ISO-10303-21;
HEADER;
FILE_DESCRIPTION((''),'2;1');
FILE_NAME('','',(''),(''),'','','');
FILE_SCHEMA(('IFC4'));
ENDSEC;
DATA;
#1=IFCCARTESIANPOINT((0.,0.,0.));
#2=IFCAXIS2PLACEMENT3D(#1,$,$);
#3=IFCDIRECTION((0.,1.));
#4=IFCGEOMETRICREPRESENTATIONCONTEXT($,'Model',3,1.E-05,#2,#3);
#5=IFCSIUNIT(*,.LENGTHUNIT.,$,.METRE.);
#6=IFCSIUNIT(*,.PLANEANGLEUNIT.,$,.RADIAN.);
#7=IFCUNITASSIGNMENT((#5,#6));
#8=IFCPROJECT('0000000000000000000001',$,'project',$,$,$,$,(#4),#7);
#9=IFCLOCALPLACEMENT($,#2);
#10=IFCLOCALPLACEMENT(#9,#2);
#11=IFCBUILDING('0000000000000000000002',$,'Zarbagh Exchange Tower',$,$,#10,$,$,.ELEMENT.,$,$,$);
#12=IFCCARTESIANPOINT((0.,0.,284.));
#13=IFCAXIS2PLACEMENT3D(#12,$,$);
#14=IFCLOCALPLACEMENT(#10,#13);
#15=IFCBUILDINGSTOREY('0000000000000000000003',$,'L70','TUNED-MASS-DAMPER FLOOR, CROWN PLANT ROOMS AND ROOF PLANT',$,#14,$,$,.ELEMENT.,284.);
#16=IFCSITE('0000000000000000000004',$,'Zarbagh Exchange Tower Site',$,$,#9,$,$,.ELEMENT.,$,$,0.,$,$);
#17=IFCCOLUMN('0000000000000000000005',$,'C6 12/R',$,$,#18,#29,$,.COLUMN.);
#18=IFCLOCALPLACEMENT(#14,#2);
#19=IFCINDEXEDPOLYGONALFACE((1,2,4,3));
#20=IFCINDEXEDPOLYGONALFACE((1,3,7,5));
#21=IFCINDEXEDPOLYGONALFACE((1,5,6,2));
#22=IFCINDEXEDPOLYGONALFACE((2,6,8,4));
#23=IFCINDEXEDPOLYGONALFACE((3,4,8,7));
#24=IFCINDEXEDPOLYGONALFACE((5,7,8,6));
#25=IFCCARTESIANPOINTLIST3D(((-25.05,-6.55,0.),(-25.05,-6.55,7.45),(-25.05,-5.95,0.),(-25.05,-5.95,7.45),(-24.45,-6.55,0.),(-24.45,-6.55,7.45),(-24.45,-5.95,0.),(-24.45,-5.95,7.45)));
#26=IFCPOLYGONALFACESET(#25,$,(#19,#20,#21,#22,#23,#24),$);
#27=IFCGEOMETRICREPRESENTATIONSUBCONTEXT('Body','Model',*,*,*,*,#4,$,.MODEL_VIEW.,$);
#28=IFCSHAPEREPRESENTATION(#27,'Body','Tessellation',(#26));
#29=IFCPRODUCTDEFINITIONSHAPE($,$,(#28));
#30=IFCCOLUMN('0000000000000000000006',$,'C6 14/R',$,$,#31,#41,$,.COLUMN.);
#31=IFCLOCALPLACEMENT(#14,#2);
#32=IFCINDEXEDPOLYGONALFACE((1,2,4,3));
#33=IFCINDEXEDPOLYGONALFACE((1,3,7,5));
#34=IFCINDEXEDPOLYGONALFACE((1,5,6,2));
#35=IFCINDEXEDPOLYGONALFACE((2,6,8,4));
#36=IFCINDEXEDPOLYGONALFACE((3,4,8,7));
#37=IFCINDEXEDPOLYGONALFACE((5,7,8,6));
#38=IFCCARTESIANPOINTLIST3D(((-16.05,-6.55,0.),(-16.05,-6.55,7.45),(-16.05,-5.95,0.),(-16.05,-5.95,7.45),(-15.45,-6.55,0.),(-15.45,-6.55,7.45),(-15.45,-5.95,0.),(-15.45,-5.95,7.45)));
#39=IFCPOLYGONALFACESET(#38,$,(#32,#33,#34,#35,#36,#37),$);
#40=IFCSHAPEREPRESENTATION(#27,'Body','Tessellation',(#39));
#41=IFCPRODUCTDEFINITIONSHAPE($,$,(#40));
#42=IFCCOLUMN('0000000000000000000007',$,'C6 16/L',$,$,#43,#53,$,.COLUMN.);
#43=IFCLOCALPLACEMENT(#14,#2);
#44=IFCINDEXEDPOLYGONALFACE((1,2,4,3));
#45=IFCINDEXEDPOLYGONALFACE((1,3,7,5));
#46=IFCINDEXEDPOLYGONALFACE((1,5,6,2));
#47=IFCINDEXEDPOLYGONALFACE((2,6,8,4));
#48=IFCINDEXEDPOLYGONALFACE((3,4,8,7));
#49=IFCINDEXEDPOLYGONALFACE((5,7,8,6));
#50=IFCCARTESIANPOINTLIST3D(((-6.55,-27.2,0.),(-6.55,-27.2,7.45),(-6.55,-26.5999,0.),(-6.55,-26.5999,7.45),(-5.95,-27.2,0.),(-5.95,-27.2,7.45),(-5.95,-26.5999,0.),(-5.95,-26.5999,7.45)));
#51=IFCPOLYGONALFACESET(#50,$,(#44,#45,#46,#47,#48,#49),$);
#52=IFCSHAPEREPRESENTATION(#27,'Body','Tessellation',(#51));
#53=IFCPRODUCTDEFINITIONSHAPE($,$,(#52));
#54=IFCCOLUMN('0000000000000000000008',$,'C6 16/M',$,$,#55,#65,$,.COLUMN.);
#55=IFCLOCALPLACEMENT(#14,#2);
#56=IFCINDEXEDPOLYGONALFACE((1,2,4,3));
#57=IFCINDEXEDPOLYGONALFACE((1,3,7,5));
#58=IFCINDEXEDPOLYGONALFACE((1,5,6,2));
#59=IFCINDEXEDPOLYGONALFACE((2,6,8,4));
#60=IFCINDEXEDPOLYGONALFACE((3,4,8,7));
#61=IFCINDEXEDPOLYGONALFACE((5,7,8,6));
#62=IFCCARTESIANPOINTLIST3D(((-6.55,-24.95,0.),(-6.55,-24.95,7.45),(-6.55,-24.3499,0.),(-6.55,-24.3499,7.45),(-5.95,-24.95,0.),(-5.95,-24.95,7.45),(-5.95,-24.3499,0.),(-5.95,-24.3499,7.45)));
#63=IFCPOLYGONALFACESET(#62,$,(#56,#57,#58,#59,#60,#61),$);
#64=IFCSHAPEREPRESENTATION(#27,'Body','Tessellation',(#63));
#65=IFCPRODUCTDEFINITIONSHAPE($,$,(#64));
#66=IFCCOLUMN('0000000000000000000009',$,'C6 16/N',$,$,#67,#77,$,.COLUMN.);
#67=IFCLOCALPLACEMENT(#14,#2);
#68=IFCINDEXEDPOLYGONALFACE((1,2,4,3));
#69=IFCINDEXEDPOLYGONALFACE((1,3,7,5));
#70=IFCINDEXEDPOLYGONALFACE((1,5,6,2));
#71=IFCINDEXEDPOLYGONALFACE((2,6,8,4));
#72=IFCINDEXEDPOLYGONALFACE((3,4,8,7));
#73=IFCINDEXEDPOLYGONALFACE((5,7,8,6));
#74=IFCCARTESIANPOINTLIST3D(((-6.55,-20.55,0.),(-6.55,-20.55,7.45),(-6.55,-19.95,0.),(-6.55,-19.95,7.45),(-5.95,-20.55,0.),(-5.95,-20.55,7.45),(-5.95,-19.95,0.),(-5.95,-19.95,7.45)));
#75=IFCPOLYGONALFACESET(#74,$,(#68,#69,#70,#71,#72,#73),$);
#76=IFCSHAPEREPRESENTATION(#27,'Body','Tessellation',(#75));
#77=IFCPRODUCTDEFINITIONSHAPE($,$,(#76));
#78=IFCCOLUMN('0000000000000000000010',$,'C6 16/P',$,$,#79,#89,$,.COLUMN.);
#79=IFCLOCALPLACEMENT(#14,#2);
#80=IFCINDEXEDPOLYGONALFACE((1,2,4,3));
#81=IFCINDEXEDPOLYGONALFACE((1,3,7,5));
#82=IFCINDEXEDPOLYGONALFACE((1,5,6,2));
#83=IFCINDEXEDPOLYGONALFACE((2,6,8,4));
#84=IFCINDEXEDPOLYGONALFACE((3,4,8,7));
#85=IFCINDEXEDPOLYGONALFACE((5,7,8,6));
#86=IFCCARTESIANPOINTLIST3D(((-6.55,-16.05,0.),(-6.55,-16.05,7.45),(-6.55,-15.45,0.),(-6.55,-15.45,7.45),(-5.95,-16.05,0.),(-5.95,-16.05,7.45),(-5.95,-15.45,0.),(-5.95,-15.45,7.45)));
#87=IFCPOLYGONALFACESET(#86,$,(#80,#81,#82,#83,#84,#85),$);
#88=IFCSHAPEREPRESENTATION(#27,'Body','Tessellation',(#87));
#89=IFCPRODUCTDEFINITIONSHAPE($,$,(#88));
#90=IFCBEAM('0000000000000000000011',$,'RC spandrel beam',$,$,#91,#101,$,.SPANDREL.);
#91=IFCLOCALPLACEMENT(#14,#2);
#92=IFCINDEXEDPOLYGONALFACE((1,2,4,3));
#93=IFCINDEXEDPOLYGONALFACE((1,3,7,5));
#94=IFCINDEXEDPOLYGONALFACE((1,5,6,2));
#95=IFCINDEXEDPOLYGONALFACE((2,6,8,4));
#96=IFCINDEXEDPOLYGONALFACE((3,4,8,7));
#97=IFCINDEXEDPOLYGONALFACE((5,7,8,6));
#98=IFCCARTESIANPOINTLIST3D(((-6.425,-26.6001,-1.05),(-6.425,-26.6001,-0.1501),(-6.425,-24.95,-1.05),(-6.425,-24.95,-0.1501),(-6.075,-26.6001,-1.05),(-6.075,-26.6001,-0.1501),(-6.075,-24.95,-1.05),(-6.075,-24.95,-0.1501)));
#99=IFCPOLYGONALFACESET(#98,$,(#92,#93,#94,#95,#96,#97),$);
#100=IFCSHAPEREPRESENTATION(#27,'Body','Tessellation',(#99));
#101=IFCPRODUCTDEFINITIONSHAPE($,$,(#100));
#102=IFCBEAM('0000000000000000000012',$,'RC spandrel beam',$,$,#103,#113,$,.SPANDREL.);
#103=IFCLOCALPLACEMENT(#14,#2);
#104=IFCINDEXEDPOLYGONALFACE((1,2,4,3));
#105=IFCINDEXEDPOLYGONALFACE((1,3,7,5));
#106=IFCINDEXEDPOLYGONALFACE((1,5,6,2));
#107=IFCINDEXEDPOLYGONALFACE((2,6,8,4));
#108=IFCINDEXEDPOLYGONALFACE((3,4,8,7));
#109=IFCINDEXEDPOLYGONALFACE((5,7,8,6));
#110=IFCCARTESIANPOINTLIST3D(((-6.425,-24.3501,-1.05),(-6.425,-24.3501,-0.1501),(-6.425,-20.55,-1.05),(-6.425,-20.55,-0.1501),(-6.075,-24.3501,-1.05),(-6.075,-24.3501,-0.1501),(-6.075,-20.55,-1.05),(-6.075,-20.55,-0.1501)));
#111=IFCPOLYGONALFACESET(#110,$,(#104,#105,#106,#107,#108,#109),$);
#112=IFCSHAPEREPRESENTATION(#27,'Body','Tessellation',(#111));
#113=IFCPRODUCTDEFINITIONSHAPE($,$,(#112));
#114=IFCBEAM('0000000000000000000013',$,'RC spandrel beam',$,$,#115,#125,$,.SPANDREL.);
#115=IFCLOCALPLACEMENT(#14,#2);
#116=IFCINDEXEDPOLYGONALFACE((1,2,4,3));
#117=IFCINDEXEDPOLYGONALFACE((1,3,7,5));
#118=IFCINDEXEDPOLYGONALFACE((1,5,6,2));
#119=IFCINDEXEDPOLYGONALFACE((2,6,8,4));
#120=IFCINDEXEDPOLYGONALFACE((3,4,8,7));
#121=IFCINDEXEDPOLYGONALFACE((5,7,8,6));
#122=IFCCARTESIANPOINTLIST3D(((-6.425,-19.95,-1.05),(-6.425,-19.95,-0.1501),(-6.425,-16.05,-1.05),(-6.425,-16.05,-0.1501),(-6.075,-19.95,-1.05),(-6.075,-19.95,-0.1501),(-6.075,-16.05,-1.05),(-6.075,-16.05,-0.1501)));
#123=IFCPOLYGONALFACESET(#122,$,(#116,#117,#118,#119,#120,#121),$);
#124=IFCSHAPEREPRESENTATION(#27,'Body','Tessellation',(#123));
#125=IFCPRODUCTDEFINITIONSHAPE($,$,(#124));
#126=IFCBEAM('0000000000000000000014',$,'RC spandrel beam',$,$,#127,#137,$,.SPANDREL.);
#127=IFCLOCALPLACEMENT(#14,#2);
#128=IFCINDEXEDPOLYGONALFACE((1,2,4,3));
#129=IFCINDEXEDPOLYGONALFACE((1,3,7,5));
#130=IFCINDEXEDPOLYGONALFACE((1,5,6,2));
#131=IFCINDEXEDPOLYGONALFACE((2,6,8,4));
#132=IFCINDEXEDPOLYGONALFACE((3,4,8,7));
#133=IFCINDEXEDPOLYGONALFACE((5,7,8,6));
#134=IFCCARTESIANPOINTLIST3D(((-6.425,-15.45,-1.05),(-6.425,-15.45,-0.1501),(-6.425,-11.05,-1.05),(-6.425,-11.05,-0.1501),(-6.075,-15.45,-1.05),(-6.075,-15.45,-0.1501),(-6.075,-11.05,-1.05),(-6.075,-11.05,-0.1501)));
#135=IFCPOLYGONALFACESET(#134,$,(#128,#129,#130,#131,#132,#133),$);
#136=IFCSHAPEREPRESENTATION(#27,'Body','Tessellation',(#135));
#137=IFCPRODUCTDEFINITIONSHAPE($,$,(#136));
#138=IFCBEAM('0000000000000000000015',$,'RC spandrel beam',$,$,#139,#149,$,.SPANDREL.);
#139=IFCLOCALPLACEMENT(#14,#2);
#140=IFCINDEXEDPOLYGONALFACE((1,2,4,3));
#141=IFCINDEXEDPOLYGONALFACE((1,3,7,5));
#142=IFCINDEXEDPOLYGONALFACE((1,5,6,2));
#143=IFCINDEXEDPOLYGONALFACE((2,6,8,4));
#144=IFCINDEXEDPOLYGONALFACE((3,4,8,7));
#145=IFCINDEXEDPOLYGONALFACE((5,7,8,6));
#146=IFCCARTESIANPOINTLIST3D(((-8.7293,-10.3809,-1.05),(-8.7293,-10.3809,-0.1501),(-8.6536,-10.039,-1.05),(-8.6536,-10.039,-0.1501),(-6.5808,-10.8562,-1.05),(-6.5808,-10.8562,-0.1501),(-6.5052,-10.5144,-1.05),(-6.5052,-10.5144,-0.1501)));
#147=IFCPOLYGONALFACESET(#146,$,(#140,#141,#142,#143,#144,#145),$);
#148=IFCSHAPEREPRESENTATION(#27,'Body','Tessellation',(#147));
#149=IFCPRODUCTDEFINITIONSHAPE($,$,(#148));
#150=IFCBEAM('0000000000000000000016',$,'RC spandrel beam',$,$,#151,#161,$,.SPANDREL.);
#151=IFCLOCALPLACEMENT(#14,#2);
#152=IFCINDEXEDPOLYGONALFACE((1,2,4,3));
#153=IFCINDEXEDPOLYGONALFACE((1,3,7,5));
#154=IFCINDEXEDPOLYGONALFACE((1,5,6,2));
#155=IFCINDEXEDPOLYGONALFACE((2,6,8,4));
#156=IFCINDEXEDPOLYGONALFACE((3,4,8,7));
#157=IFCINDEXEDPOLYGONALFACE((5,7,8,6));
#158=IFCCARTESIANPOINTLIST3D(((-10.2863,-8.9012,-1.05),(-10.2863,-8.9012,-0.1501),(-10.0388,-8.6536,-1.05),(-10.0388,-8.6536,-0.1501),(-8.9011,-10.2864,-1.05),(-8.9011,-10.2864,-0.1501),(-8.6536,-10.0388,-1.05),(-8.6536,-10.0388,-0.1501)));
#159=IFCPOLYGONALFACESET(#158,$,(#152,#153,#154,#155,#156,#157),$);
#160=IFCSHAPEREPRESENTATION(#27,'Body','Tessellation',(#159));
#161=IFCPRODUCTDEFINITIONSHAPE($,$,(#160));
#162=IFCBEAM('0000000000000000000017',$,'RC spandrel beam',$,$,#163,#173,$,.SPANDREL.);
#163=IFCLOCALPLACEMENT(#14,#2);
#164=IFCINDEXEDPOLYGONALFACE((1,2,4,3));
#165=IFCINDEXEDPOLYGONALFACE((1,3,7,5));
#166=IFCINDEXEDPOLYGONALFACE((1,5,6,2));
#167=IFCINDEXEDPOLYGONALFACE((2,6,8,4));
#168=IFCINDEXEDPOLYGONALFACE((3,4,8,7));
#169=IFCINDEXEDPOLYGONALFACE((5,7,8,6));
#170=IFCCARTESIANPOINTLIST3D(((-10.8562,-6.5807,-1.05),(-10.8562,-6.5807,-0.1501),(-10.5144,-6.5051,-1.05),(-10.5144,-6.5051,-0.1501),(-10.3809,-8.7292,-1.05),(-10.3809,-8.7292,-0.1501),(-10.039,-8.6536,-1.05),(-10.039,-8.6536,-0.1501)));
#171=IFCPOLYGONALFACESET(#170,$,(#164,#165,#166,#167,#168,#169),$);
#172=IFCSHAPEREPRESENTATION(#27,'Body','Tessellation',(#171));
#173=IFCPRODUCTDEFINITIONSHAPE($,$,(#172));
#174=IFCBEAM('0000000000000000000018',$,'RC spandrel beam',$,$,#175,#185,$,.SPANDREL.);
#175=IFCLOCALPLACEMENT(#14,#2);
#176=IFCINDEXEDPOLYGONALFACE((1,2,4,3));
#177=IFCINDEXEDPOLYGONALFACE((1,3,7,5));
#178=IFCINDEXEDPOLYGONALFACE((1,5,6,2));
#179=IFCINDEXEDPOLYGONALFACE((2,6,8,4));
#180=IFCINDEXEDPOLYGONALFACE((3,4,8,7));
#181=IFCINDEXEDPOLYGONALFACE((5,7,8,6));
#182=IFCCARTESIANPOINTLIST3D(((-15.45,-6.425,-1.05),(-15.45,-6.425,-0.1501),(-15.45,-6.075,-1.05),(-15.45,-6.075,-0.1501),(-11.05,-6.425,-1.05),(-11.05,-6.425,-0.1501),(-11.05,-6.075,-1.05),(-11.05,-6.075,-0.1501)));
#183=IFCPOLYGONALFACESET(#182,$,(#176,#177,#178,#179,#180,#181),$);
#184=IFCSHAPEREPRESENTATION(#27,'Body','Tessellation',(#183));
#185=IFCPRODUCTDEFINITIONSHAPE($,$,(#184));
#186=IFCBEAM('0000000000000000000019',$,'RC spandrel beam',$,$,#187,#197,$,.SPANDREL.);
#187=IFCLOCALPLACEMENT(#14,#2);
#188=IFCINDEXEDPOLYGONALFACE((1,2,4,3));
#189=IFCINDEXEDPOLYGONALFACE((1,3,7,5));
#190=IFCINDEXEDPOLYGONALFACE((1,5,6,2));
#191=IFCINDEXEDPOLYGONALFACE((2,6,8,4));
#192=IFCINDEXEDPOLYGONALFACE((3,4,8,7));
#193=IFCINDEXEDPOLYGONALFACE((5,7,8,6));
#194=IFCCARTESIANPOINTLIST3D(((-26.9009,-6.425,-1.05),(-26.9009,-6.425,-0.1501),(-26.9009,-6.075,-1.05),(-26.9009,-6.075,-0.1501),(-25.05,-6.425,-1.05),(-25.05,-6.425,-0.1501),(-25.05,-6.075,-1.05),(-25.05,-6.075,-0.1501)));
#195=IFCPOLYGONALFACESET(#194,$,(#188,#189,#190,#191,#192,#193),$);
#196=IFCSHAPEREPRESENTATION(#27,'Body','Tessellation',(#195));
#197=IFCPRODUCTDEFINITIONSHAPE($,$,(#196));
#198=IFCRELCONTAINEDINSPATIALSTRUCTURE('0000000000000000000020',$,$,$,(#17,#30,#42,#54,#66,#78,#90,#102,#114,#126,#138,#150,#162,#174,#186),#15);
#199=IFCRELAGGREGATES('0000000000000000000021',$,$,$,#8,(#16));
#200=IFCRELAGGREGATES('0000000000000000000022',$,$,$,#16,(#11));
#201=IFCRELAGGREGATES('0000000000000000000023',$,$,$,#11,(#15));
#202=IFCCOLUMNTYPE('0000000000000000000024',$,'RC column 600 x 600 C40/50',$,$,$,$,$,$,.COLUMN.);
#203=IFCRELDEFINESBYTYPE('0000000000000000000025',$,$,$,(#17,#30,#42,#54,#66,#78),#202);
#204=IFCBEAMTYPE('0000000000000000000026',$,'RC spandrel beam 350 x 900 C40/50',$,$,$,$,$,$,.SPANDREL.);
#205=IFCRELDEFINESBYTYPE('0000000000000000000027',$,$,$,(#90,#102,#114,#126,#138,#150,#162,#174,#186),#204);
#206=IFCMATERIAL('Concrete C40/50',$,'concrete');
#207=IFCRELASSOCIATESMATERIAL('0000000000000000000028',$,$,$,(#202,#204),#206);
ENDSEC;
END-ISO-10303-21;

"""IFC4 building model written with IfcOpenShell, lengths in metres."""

from ifc_helpers import new_model, si_unit, direction, frame, origin, origin_2d, place, context, subcontext, project, spatial, rectangle, extrude, material, material_profile, profile_set, type_object, element, save


model = new_model("IFC4")

# Units and contexts
model_context = context("Model", 3, precision=1e-05, world=origin(), true_north=direction((0.0, 1.0)))
body_context = subcontext(model_context, "Body", "Model", "MODEL_VIEW")
ifc_project = project(units=[si_unit("LENGTHUNIT", "METRE"), si_unit("PLANEANGLEUNIT", "RADIAN")], contexts=[model_context])

# Site, building, storey
site_placement = place(None, origin())
site = spatial("IfcSite", under=ifc_project, at=site_placement, Name="Zarbagh Exchange Tower Site", CompositionType="ELEMENT", RefElevation=0.0)
building_placement = place(site_placement, origin())
building = spatial("IfcBuilding", under=site, at=building_placement, Name="Zarbagh Exchange Tower", CompositionType="ELEMENT")
storey_placement = place(building_placement, frame((0.0, 0.0, 284.0)))
storey = spatial("IfcBuildingStorey", under=building, at=storey_placement, Name="L70", Description="TUNED-MASS-DAMPER FLOOR, CROWN PLANT ROOMS AND ROOF PLANT", CompositionType="ELEMENT", Elevation=284.0)

# Columns
ifc_material_1 = material(Name="Concrete C40/50", Category="concrete")
ifc_material_profile_1 = material_profile(ifc_material_1, rectangle(XDim=0.6001, YDim=0.6001, at=origin_2d()), Name="RC column 600 x 600 C40/50")
ifc_profile_set_1 = profile_set([ifc_material_profile_1], Name="Concrete C40/50")
column_type = type_object("IfcColumnType", Name="RC column 600 x 600 C40/50", PredefinedType="COLUMN", material=ifc_profile_set_1)
for number, where, z_axis, x_axis, name in (
    (1, (-24.75, -6.25, 0.0), (0.0, 0.0, 1.0), (1.0, 0.0, 0.0), "C6 12/R"),
    (2, (-15.75, -6.25, 0.0), (0.0, 0.0, 1.0), (1.0, 0.0, 0.0), "C6 14/R"),
    (3, (-6.25, -26.8999, 0.0), (0.0, 0.0, 1.0), (1.0, 0.0, 0.0), "C6 16/L"),
    (4, (-6.25, -24.6499, 0.0), (0.0, 0.0, 1.0), (1.0, 0.0, 0.0), "C6 16/M"),
    (5, (-6.25, -20.25, 0.0), (0.0, 0.0, 1.0), (1.0, 0.0, 0.0), "C6 16/N"),
    (6, (-6.25, -15.75, 0.0), (0.0, 0.0, 1.0), (1.0, 0.0, 0.0), "C6 16/P"),
):
    element("IfcColumn", number, at=place(storey_placement, frame(where, z_axis=z_axis, x_axis=x_axis)), inside=storey, type_object=column_type, Name=name, PredefinedType="COLUMN", context=body_context, shape_type="SweptSolid", body=[
        extrude(rectangle(XDim=0.6001, YDim=0.6001, at=origin_2d()), origin(), (0.0, 0.0, 1.0), 7.45),
    ])

# Beams
ifc_material_profile_2 = material_profile(ifc_material_1, rectangle(XDim=0.3501, YDim=0.8999, at=origin_2d()), Name="RC spandrel beam 350 x 900 C40/50")
ifc_profile_set_2 = profile_set([ifc_material_profile_2], Name="Concrete C40/50")
beam_type = type_object("IfcBeamType", Name="RC spandrel beam 350 x 900 C40/50", PredefinedType="SPANDREL", material=ifc_profile_set_2)
beam_1_placement = place(storey_placement, frame((-6.25, -26.6001, -0.6001), z_axis=(0.0, 1.0, 0.0), x_axis=(-1.0, 0.0, 0.0)))
element("IfcBeam", 7, at=beam_1_placement, inside=storey, type_object=beam_type, Name="RC spandrel beam", PredefinedType="SPANDREL", context=body_context, shape_type="SweptSolid", body=[
    extrude(rectangle(XDim=0.3501, YDim=0.8999, at=origin_2d()), origin(), (0.0, 0.0, 1.0), 1.6501),
])
beam_2_placement = place(storey_placement, frame((-6.25, -24.3501, -0.6001), z_axis=(0.0, 1.0, 0.0), x_axis=(-1.0, 0.0, 0.0)))
element("IfcBeam", 8, at=beam_2_placement, inside=storey, type_object=beam_type, Name="RC spandrel beam", PredefinedType="SPANDREL", context=body_context, shape_type="SweptSolid", body=[
    extrude(rectangle(XDim=0.3501, YDim=0.8999, at=origin_2d()), origin(), (0.0, 0.0, 1.0), 3.8),
])
beam_3_placement = place(storey_placement, frame((-6.25, -19.95, -0.6001), z_axis=(0.0, 1.0, 0.0), x_axis=(-1.0, 0.0, 0.0)))
element("IfcBeam", 9, at=beam_3_placement, inside=storey, type_object=beam_type, Name="RC spandrel beam", PredefinedType="SPANDREL", context=body_context, shape_type="SweptSolid", body=[
    extrude(rectangle(XDim=0.3501, YDim=0.8999, at=origin_2d()), origin(), (0.0, 0.0, 1.0), 3.8999),
])
beam_4_placement = place(storey_placement, frame((-6.25, -15.45, -0.6001), z_axis=(0.0, 1.0, 0.0), x_axis=(-1.0, 0.0, 0.0)))
element("IfcBeam", 10, at=beam_4_placement, inside=storey, type_object=beam_type, Name="RC spandrel beam", PredefinedType="SPANDREL", context=body_context, shape_type="SweptSolid", body=[
    extrude(rectangle(XDim=0.3501, YDim=0.8999, at=origin_2d()), origin(), (0.0, 0.0, 1.0), 4.3999),
])
beam_5_placement = place(storey_placement, frame((-6.543, -10.6853, -0.6001), z_axis=(-0.976388, 0.216026, 0.0), x_axis=(-0.216026, -0.976388, 0.0)))
element("IfcBeam", 11, at=beam_5_placement, inside=storey, type_object=beam_type, Name="RC spandrel beam", PredefinedType="SPANDREL", context=body_context, shape_type="SweptSolid", body=[
    extrude(rectangle(XDim=0.3501, YDim=0.8999, at=origin_2d()), origin(), (0.0, 0.0, 1.0), 2.2004),
])
beam_6_placement = place(storey_placement, frame((-8.7773, -10.1626, -0.6001), z_axis=(-0.707107, 0.707107, 0.0), x_axis=(-0.707107, -0.707107, 0.0)))
element("IfcBeam", 12, at=beam_6_placement, inside=storey, type_object=beam_type, Name="RC spandrel beam", PredefinedType="SPANDREL", context=body_context, shape_type="SweptSolid", body=[
    extrude(rectangle(XDim=0.3501, YDim=0.8999, at=origin_2d()), origin(), (0.0, 0.0, 1.0), 1.959),
])
beam_7_placement = place(storey_placement, frame((-10.21, -8.6914, -0.6001), z_axis=(-0.216026, 0.976388, 0.0), x_axis=(-0.976388, -0.216026, 0.0)))
element("IfcBeam", 13, at=beam_7_placement, inside=storey, type_object=beam_type, Name="RC spandrel beam", PredefinedType="SPANDREL", context=body_context, shape_type="SweptSolid", body=[
    extrude(rectangle(XDim=0.3501, YDim=0.8999, at=origin_2d()), origin(), (0.0, 0.0, 1.0), 2.2004),
])
beam_8_placement = place(storey_placement, frame((-11.05, -6.25, -0.6001), z_axis=(-1.0, 0.0, 0.0), x_axis=(0.0, -1.0, 0.0)))
element("IfcBeam", 14, at=beam_8_placement, inside=storey, type_object=beam_type, Name="RC spandrel beam", PredefinedType="SPANDREL", context=body_context, shape_type="SweptSolid", body=[
    extrude(rectangle(XDim=0.3501, YDim=0.8999, at=origin_2d()), origin(), (0.0, 0.0, 1.0), 4.3999),
])
beam_9_placement = place(storey_placement, frame((-25.05, -6.25, -0.6001), z_axis=(-1.0, 0.0, 0.0), x_axis=(0.0, -1.0, 0.0)))
element("IfcBeam", 15, at=beam_9_placement, inside=storey, type_object=beam_type, Name="RC spandrel beam", PredefinedType="SPANDREL", context=body_context, shape_type="SweptSolid", body=[
    extrude(rectangle(XDim=0.3501, YDim=0.8999, at=origin_2d()), origin(), (0.0, 0.0, 1.0), 1.8508),
])

save(model, "model.ifc")
